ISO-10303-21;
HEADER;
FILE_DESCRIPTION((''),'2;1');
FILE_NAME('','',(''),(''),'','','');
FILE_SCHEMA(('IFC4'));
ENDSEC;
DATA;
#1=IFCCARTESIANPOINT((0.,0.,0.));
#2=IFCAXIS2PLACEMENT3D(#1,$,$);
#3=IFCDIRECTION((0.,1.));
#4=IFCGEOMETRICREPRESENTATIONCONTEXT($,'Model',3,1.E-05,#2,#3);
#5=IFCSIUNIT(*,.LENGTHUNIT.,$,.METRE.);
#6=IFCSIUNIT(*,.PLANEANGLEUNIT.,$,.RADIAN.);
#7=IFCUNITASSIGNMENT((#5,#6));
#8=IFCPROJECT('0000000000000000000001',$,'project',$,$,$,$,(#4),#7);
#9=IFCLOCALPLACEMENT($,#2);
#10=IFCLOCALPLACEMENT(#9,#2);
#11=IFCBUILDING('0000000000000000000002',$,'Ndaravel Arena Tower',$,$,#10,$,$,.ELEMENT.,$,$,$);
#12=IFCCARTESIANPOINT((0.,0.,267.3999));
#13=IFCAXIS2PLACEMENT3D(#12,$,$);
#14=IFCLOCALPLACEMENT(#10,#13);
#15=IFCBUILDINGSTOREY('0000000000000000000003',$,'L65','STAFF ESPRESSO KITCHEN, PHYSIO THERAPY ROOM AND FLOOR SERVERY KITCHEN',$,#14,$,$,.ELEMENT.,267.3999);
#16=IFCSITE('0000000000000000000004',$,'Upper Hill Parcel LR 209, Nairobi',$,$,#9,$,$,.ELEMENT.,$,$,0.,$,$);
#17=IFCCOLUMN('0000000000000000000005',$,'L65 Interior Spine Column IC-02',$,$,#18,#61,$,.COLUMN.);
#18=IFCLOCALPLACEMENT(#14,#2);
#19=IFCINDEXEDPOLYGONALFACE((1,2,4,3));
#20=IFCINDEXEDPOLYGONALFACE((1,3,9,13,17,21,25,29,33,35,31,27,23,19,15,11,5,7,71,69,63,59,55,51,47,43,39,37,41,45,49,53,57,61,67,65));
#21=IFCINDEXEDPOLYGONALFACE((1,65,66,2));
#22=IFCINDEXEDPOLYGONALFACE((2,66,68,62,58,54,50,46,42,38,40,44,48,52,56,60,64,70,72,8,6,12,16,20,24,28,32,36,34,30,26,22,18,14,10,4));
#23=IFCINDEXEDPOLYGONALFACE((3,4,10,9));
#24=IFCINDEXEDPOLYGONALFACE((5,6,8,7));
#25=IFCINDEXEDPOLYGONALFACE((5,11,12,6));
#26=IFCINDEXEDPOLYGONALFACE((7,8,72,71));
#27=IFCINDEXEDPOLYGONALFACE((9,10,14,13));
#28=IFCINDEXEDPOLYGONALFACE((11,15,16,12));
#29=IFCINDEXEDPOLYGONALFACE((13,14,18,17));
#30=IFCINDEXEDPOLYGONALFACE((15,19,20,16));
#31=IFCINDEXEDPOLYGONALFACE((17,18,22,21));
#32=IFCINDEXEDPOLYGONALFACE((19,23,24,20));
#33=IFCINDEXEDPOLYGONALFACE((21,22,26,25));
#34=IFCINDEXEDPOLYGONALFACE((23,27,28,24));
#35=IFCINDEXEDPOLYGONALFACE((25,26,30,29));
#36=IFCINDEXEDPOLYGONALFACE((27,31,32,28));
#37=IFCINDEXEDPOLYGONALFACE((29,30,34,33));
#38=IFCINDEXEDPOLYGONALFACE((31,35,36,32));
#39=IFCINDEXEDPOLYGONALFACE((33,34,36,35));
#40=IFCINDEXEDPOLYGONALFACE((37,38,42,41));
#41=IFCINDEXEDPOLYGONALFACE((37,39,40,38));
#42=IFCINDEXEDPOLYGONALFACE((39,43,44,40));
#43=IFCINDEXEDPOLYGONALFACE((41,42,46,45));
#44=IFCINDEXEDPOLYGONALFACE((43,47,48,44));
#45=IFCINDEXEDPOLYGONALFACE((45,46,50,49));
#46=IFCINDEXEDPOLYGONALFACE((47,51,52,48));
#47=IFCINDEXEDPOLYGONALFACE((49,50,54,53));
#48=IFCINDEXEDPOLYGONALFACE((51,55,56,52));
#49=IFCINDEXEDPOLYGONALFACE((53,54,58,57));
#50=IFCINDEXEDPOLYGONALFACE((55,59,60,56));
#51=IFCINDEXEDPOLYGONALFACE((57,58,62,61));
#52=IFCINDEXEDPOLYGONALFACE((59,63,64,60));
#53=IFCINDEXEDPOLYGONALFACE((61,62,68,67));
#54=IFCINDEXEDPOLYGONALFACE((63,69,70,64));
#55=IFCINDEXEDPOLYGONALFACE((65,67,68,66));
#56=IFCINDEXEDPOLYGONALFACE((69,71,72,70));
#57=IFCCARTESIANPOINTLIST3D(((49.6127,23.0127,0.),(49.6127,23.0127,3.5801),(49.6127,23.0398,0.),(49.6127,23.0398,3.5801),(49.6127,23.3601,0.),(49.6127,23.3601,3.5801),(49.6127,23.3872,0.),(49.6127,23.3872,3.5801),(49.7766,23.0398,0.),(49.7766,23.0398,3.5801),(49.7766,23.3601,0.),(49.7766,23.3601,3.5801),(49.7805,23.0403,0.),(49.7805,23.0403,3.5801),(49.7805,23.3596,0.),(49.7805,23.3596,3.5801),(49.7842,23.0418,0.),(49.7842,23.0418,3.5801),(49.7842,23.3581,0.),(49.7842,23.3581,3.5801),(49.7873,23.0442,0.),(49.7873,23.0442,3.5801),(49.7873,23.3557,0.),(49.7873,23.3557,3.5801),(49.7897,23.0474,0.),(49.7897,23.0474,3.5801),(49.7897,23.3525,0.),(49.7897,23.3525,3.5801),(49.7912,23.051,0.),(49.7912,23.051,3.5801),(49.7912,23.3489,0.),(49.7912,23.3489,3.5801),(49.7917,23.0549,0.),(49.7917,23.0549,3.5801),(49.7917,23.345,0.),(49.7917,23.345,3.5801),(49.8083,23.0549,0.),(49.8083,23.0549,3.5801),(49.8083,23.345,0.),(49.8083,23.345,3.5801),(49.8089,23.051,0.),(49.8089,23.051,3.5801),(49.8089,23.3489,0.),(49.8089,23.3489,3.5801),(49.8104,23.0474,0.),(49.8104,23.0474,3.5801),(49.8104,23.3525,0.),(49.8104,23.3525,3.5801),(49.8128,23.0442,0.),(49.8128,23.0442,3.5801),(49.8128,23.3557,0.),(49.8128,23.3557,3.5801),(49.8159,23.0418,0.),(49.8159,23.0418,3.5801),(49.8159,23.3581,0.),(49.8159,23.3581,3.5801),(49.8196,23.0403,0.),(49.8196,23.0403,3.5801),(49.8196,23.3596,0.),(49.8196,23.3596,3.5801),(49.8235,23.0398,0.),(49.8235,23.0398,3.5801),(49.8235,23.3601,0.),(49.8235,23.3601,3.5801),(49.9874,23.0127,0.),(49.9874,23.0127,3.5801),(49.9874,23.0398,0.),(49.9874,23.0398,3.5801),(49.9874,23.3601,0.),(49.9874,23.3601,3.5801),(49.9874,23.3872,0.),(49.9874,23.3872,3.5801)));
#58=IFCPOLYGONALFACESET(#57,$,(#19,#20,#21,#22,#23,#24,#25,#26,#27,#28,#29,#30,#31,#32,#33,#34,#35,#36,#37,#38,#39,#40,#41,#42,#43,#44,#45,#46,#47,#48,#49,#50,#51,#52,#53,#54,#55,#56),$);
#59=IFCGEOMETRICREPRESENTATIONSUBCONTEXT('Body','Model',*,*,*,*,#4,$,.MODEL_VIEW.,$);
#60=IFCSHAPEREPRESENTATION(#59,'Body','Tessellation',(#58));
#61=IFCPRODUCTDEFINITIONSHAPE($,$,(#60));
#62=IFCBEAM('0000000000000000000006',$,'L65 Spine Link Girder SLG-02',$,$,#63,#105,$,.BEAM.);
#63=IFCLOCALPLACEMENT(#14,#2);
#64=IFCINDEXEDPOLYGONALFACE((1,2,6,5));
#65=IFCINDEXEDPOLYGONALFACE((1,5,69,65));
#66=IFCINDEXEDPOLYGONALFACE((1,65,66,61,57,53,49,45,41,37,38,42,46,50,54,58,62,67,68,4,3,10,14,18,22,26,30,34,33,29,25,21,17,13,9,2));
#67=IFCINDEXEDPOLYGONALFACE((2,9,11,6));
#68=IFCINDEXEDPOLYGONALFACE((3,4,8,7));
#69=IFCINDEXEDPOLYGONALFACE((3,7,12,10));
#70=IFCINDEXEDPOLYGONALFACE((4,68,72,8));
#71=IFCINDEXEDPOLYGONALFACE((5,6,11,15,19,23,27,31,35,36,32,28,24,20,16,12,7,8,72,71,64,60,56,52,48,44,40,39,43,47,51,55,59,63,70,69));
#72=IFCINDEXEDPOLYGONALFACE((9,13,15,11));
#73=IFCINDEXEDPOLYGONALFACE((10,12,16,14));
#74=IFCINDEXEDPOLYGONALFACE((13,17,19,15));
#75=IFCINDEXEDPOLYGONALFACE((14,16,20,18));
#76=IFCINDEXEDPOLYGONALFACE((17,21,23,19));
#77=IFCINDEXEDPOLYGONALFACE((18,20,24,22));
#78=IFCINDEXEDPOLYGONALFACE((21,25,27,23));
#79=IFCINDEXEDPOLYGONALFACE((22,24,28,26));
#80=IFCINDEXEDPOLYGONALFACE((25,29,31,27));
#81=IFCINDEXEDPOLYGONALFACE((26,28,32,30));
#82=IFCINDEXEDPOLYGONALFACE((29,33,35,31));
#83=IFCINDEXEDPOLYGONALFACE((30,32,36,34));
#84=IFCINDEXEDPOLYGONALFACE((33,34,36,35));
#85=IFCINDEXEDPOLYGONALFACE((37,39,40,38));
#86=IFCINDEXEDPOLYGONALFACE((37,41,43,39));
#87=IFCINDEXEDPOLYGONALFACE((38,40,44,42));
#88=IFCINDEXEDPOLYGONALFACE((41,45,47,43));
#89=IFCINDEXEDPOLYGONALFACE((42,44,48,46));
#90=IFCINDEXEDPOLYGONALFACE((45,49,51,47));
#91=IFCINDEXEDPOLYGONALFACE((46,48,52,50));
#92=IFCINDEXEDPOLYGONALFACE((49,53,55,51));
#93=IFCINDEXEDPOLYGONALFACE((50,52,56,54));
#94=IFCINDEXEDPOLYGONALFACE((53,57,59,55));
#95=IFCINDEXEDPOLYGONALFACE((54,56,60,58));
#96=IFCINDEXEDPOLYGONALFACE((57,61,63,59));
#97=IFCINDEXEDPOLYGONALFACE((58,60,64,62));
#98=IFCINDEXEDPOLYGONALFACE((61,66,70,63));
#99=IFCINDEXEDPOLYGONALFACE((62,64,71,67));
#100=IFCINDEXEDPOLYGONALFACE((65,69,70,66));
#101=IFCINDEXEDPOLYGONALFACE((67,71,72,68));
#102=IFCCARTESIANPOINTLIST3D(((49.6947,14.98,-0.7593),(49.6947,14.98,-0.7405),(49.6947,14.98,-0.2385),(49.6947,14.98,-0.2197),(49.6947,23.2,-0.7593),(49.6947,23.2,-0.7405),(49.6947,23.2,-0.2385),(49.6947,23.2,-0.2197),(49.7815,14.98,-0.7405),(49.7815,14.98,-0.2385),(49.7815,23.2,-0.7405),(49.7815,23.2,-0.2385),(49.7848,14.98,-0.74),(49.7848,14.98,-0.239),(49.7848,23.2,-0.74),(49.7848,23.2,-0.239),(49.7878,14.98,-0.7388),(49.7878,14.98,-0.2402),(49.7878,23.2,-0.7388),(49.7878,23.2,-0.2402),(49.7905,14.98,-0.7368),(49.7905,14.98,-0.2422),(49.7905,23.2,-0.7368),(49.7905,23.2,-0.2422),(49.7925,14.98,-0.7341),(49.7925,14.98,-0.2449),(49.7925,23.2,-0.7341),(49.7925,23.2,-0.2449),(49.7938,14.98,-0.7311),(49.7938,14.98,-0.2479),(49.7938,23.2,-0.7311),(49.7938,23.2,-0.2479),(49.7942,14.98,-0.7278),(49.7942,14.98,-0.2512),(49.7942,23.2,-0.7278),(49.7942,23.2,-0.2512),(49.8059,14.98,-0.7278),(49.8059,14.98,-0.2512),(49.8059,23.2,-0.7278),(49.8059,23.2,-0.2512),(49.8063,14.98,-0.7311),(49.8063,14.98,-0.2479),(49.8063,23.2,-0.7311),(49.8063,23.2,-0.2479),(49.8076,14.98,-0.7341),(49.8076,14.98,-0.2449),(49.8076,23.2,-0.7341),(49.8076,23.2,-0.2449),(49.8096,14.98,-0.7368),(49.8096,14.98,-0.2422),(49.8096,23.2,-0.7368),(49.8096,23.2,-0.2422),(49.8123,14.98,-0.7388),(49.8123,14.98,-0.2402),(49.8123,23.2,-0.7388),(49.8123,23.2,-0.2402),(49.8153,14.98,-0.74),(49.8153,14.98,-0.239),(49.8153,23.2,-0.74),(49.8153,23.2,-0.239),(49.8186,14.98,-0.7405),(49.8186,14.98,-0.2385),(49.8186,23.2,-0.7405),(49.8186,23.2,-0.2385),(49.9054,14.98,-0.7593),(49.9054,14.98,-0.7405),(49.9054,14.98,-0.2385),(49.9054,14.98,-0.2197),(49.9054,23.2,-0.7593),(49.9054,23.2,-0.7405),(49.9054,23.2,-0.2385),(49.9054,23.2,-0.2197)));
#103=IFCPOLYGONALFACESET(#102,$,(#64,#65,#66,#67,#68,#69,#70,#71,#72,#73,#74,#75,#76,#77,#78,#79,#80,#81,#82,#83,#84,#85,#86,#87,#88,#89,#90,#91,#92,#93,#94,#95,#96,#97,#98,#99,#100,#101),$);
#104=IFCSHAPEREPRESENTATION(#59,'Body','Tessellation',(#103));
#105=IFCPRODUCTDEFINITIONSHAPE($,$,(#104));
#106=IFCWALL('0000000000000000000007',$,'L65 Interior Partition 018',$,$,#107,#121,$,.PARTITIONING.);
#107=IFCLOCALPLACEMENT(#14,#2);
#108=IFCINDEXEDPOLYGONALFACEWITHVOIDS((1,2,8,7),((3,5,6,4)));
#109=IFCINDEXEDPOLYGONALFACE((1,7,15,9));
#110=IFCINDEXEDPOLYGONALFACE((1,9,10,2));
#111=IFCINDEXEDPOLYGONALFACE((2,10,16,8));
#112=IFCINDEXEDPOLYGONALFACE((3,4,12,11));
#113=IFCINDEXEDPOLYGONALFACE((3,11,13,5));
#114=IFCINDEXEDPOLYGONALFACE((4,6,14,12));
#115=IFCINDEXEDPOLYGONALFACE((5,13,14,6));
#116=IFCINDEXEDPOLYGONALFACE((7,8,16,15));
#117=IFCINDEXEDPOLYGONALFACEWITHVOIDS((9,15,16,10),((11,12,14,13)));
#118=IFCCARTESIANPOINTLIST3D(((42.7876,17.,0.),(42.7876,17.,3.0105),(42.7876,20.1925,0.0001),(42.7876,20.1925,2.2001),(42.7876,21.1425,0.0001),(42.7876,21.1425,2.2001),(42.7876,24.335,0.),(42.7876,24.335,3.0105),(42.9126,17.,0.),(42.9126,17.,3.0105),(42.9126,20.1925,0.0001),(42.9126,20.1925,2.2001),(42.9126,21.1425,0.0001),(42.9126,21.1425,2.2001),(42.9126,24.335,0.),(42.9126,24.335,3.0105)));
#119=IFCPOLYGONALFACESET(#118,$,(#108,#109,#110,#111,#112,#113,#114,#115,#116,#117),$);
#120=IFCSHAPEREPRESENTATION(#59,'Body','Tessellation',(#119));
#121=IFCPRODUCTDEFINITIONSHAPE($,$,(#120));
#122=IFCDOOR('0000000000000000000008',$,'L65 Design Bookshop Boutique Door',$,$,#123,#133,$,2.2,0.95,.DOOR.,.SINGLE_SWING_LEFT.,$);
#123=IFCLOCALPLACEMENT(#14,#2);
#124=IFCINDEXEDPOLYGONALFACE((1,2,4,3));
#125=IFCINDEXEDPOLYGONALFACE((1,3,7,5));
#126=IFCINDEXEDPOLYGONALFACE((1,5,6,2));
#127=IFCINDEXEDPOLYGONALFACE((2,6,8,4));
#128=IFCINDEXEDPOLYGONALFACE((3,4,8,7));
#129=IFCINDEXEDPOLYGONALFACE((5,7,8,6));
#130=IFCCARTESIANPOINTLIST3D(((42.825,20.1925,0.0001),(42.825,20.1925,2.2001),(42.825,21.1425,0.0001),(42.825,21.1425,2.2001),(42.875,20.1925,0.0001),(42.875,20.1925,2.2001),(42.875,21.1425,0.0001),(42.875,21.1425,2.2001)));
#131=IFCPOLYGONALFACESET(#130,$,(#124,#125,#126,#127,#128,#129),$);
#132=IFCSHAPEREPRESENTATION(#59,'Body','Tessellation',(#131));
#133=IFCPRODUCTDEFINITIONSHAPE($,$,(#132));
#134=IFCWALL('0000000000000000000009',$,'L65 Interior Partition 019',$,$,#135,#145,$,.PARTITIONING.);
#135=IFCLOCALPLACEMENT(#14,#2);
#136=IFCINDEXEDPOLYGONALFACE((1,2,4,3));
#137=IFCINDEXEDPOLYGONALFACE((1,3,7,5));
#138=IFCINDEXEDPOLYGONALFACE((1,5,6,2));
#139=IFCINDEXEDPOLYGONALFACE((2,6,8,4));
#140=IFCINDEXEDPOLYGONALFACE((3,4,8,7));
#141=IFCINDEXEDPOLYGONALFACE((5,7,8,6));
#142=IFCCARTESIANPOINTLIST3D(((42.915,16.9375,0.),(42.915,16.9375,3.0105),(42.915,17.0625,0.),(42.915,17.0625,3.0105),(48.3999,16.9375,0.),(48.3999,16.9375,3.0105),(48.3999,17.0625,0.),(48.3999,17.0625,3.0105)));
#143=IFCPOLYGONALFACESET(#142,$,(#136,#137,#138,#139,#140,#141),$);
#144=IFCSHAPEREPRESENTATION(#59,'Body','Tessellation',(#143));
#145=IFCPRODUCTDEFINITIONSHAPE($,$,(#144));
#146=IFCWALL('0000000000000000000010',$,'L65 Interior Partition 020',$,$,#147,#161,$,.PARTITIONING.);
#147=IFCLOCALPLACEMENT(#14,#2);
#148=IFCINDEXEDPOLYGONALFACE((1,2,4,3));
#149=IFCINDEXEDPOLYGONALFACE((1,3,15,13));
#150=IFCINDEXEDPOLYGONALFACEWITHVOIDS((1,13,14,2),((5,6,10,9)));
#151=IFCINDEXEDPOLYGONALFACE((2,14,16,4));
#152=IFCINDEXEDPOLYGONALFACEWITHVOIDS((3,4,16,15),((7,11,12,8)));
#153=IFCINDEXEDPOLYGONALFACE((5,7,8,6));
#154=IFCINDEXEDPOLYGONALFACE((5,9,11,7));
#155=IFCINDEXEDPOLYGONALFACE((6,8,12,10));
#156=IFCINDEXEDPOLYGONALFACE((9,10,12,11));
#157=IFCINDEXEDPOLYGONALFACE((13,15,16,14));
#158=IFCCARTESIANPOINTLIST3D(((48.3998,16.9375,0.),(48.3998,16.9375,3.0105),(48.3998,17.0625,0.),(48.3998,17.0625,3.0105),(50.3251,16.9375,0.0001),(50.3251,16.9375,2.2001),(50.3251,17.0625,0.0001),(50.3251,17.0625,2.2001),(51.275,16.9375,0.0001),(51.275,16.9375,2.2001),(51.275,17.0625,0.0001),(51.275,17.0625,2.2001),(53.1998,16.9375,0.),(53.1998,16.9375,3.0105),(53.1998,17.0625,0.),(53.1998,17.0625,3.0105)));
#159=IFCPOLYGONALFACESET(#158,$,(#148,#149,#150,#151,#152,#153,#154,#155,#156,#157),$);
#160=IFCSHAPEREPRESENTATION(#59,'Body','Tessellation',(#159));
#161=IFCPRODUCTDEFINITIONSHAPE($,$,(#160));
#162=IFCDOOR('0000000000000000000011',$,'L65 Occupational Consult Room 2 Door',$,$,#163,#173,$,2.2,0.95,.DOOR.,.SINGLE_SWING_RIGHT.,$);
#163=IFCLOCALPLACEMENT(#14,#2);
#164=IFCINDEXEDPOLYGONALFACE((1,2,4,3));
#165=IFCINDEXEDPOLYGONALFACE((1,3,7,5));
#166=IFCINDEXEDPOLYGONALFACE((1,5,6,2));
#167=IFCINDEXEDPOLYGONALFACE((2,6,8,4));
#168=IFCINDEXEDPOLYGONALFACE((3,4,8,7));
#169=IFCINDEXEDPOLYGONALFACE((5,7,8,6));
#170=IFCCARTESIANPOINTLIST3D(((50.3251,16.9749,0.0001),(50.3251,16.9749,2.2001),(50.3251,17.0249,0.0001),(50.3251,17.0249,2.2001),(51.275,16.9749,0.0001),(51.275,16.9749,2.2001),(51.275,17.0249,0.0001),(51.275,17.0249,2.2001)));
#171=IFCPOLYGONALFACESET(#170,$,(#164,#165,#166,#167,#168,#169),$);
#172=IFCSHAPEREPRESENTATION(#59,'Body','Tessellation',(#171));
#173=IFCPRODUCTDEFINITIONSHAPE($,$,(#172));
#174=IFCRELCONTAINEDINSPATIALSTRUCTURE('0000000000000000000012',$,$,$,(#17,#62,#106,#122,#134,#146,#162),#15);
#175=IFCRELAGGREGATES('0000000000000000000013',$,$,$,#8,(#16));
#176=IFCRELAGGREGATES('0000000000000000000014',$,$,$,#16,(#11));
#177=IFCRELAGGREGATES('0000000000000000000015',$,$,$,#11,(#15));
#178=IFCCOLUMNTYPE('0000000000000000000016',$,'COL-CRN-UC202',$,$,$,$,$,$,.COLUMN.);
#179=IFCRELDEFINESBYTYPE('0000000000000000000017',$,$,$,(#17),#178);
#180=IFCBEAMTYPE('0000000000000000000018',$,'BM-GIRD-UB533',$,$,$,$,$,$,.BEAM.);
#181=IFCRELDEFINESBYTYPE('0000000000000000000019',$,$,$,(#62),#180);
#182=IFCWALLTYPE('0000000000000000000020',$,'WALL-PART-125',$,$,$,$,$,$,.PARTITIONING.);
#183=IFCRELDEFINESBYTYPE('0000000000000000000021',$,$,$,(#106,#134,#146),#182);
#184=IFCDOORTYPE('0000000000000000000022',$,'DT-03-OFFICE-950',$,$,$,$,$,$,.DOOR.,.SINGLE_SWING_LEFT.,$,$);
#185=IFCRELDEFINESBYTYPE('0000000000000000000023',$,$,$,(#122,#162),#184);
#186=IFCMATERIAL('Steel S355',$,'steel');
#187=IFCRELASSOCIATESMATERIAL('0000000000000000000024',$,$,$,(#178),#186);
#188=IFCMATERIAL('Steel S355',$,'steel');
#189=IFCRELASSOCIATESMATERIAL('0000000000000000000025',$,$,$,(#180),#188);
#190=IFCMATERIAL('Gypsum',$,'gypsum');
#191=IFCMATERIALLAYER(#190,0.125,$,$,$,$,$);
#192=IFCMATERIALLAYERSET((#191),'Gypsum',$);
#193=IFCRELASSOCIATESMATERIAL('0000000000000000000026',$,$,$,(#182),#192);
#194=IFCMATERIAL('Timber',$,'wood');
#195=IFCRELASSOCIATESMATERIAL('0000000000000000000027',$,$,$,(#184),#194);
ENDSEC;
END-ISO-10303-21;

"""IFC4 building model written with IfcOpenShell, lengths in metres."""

from ifc_helpers import new_model, si_unit, direction, frame, frame_2d, origin, origin_2d, place, context, subcontext, project, spatial, rectangle, i_section, extrude, material, layer, layer_set, material_profile, profile_set, type_object, element, fill, save


model = new_model("IFC4")

# Units and contexts
model_context = context("Model", 3, precision=1e-05, world=origin(), true_north=direction((0.0, 1.0)))
body_context = subcontext(model_context, "Body", "Model", "MODEL_VIEW")
ifc_project = project(units=[si_unit("LENGTHUNIT", "METRE"), si_unit("PLANEANGLEUNIT", "RADIAN")], contexts=[model_context])

# Site, building, storey
site_placement = place(None, origin())
site = spatial("IfcSite", under=ifc_project, at=site_placement, Name="Upper Hill Parcel LR 209, Nairobi", CompositionType="ELEMENT", RefElevation=0.0)
building_placement = place(site_placement, origin())
building = spatial("IfcBuilding", under=site, at=building_placement, Name="Ndaravel Arena Tower", CompositionType="ELEMENT")
storey_placement = place(building_placement, frame((0.0, 0.0, 267.3999)))
storey = spatial("IfcBuildingStorey", under=building, at=storey_placement, Name="L65", Description="STAFF ESPRESSO KITCHEN, PHYSIO THERAPY ROOM AND FLOOR SERVERY KITCHEN", CompositionType="ELEMENT", Elevation=267.3999)

# Column
ifc_material_1 = material(Name="Steel S355", Category="steel")
ifc_material_profile_1 = material_profile(ifc_material_1, i_section(OverallWidth=0.3748, OverallDepth=0.3745, WebThickness=0.0166, FlangeThickness=0.0271, FilletRadius=0.0151, at=origin_2d()), Name="UC 356x368x202")
ifc_profile_set_1 = profile_set([ifc_material_profile_1], Name="Steel S355")
column_type = type_object("IfcColumnType", Name="COL-CRN-UC202", PredefinedType="COLUMN", material=ifc_profile_set_1)
column_placement = place(storey_placement, frame((49.8, 23.2, 0.0), z_axis=(0.0, 0.0, 1.0), x_axis=(1.0, 0.0, 0.0)))
element("IfcColumn", 1, at=column_placement, inside=storey, type_object=column_type, Name="L65 Interior Spine Column IC-02", PredefinedType="COLUMN", context=body_context, shape_type="SweptSolid", body=[
    extrude(i_section(OverallWidth=0.3748, OverallDepth=0.3745, WebThickness=0.0166, FlangeThickness=0.0271, FilletRadius=0.0151, at=origin_2d()), origin(), (0.0, 0.0, 1.0), 3.5801),
])

# Beam
ifc_material_2 = material(Name="Steel S355", Category="steel")
ifc_material_profile_2 = material_profile(ifc_material_2, i_section(OverallWidth=0.2107, OverallDepth=0.5396, WebThickness=0.0117, FlangeThickness=0.0188, FilletRadius=0.0127, at=origin_2d()), Name="UB 533x210x109")
ifc_profile_set_2 = profile_set([ifc_material_profile_2], Name="Steel S355")
beam_type = type_object("IfcBeamType", Name="BM-GIRD-UB533", PredefinedType="BEAM", material=ifc_profile_set_2)
beam_placement = place(storey_placement, frame((49.8, 14.98, -0.4895), z_axis=(0.0, 1.0, 0.0), x_axis=(-1.0, 0.0, 0.0)))
element("IfcBeam", 2, at=beam_placement, inside=storey, type_object=beam_type, Name="L65 Spine Link Girder SLG-02", PredefinedType="BEAM", context=body_context, shape_type="SweptSolid", body=[
    extrude(i_section(OverallWidth=0.2107, OverallDepth=0.5396, WebThickness=0.0117, FlangeThickness=0.0188, FilletRadius=0.0127, at=origin_2d()), origin(), (0.0, 0.0, 1.0), 8.22),
])

# Wall, opening, door
ifc_material_3 = material(Name="Gypsum", Category="gypsum")
ifc_layer_1 = layer(ifc_material_3, 0.125)
ifc_layer_set_1 = layer_set([ifc_layer_1], Name="Gypsum")
wall_type_1 = type_object("IfcWallType", Name="WALL-PART-125", PredefinedType="PARTITIONING", material=ifc_layer_set_1)
wall_1_placement = place(storey_placement, frame((42.8501, 24.335, 0.0), z_axis=(0.0, 0.0, 1.0), x_axis=(0.0, -1.0, 0.0)))
wall_1 = element("IfcWall", 3, at=wall_1_placement, inside=storey, type_object=wall_type_1, Name="L65 Interior Partition 018", PredefinedType="PARTITIONING", context=body_context, shape_type="SweptSolid", body=[
    extrude(rectangle(XDim=7.335, YDim=0.125, at=frame_2d((3.6675, 0.0))), origin(), (0.0, 0.0, 1.0), 3.0105),
])
opening_1_placement = place(wall_1_placement, frame((3.1924, 0.0, 0.0)))
opening_1 = element("IfcOpeningElement", 4, at=opening_1_placement, cuts=wall_1, PredefinedType="OPENING", context=body_context, shape_type="SweptSolid", body=[
    extrude(rectangle(XDim=0.95, YDim=2.2, at=frame_2d((0.4751, 1.1001))), frame((0.0, 0.0625, 0.0), z_axis=(0.0, -1.0, 0.0), x_axis=(1.0, 0.0, 0.0)), (0.0, 0.0, 1.0), 0.125),
])
ifc_material_4 = material(Name="Timber", Category="wood")
door_type = type_object("IfcDoorType", Name="DT-03-OFFICE-950", OperationType="SINGLE_SWING_LEFT", PredefinedType="DOOR", material=ifc_material_4)
door_1_placement = place(opening_1_placement, origin())
door_1 = element("IfcDoor", 5, at=door_1_placement, inside=storey, type_object=door_type, Name="L65 Design Bookshop Boutique Door", OperationType="SINGLE_SWING_LEFT", OverallHeight=2.2, OverallWidth=0.95, PredefinedType="DOOR", context=body_context, shape_type="SweptSolid", body=[
    extrude(rectangle(XDim=0.95, YDim=2.2, at=frame_2d((0.4751, 1.1001))), frame((0.0, 0.0249, 0.0), z_axis=(0.0, -1.0, 0.0), x_axis=(1.0, 0.0, 0.0)), (0.0, 0.0, 1.0), 0.05),
])
fill(opening_1, door_1)

# Wall
wall_2_placement = place(storey_placement, frame((42.915, 17.0, 0.0), z_axis=(0.0, 0.0, 1.0), x_axis=(1.0, 0.0, 0.0)))
element("IfcWall", 6, at=wall_2_placement, inside=storey, type_object=wall_type_1, Name="L65 Interior Partition 019", PredefinedType="PARTITIONING", context=body_context, shape_type="SweptSolid", body=[
    extrude(rectangle(XDim=5.4849, YDim=0.125, at=frame_2d((2.7424, 0.0))), origin(), (0.0, 0.0, 1.0), 3.0105),
])

# Wall, opening, door
wall_3_placement = place(storey_placement, frame((48.3999, 17.0, 0.0), z_axis=(0.0, 0.0, 1.0), x_axis=(1.0, 0.0, 0.0)))
wall_3 = element("IfcWall", 7, at=wall_3_placement, inside=storey, type_object=wall_type_1, Name="L65 Interior Partition 020", PredefinedType="PARTITIONING", context=body_context, shape_type="SweptSolid", body=[
    extrude(rectangle(XDim=4.8, YDim=0.125, at=frame_2d((2.3999, 0.0))), origin(), (0.0, 0.0, 1.0), 3.0105),
])
opening_2_placement = place(wall_3_placement, frame((1.925, 0.0, 0.0)))
opening_2 = element("IfcOpeningElement", 8, at=opening_2_placement, cuts=wall_3, PredefinedType="OPENING", context=body_context, shape_type="SweptSolid", body=[
    extrude(rectangle(XDim=0.95, YDim=2.2, at=frame_2d((0.4751, 1.1001))), frame((0.0, 0.0625, 0.0), z_axis=(0.0, -1.0, 0.0), x_axis=(1.0, 0.0, 0.0)), (0.0, 0.0, 1.0), 0.125),
])
door_2_placement = place(opening_2_placement, origin())
door_2 = element("IfcDoor", 9, at=door_2_placement, inside=storey, type_object=door_type, Name="L65 Occupational Consult Room 2 Door", OperationType="SINGLE_SWING_RIGHT", OverallHeight=2.2, OverallWidth=0.95, PredefinedType="DOOR", context=body_context, shape_type="SweptSolid", body=[
    extrude(rectangle(XDim=0.95, YDim=2.2, at=frame_2d((0.4751, 1.1001))), frame((0.0, 0.0249, 0.0), z_axis=(0.0, -1.0, 0.0), x_axis=(1.0, 0.0, 0.0)), (0.0, 0.0, 1.0), 0.05),
])
fill(opening_2, door_2)

save(model, "model.ifc")
